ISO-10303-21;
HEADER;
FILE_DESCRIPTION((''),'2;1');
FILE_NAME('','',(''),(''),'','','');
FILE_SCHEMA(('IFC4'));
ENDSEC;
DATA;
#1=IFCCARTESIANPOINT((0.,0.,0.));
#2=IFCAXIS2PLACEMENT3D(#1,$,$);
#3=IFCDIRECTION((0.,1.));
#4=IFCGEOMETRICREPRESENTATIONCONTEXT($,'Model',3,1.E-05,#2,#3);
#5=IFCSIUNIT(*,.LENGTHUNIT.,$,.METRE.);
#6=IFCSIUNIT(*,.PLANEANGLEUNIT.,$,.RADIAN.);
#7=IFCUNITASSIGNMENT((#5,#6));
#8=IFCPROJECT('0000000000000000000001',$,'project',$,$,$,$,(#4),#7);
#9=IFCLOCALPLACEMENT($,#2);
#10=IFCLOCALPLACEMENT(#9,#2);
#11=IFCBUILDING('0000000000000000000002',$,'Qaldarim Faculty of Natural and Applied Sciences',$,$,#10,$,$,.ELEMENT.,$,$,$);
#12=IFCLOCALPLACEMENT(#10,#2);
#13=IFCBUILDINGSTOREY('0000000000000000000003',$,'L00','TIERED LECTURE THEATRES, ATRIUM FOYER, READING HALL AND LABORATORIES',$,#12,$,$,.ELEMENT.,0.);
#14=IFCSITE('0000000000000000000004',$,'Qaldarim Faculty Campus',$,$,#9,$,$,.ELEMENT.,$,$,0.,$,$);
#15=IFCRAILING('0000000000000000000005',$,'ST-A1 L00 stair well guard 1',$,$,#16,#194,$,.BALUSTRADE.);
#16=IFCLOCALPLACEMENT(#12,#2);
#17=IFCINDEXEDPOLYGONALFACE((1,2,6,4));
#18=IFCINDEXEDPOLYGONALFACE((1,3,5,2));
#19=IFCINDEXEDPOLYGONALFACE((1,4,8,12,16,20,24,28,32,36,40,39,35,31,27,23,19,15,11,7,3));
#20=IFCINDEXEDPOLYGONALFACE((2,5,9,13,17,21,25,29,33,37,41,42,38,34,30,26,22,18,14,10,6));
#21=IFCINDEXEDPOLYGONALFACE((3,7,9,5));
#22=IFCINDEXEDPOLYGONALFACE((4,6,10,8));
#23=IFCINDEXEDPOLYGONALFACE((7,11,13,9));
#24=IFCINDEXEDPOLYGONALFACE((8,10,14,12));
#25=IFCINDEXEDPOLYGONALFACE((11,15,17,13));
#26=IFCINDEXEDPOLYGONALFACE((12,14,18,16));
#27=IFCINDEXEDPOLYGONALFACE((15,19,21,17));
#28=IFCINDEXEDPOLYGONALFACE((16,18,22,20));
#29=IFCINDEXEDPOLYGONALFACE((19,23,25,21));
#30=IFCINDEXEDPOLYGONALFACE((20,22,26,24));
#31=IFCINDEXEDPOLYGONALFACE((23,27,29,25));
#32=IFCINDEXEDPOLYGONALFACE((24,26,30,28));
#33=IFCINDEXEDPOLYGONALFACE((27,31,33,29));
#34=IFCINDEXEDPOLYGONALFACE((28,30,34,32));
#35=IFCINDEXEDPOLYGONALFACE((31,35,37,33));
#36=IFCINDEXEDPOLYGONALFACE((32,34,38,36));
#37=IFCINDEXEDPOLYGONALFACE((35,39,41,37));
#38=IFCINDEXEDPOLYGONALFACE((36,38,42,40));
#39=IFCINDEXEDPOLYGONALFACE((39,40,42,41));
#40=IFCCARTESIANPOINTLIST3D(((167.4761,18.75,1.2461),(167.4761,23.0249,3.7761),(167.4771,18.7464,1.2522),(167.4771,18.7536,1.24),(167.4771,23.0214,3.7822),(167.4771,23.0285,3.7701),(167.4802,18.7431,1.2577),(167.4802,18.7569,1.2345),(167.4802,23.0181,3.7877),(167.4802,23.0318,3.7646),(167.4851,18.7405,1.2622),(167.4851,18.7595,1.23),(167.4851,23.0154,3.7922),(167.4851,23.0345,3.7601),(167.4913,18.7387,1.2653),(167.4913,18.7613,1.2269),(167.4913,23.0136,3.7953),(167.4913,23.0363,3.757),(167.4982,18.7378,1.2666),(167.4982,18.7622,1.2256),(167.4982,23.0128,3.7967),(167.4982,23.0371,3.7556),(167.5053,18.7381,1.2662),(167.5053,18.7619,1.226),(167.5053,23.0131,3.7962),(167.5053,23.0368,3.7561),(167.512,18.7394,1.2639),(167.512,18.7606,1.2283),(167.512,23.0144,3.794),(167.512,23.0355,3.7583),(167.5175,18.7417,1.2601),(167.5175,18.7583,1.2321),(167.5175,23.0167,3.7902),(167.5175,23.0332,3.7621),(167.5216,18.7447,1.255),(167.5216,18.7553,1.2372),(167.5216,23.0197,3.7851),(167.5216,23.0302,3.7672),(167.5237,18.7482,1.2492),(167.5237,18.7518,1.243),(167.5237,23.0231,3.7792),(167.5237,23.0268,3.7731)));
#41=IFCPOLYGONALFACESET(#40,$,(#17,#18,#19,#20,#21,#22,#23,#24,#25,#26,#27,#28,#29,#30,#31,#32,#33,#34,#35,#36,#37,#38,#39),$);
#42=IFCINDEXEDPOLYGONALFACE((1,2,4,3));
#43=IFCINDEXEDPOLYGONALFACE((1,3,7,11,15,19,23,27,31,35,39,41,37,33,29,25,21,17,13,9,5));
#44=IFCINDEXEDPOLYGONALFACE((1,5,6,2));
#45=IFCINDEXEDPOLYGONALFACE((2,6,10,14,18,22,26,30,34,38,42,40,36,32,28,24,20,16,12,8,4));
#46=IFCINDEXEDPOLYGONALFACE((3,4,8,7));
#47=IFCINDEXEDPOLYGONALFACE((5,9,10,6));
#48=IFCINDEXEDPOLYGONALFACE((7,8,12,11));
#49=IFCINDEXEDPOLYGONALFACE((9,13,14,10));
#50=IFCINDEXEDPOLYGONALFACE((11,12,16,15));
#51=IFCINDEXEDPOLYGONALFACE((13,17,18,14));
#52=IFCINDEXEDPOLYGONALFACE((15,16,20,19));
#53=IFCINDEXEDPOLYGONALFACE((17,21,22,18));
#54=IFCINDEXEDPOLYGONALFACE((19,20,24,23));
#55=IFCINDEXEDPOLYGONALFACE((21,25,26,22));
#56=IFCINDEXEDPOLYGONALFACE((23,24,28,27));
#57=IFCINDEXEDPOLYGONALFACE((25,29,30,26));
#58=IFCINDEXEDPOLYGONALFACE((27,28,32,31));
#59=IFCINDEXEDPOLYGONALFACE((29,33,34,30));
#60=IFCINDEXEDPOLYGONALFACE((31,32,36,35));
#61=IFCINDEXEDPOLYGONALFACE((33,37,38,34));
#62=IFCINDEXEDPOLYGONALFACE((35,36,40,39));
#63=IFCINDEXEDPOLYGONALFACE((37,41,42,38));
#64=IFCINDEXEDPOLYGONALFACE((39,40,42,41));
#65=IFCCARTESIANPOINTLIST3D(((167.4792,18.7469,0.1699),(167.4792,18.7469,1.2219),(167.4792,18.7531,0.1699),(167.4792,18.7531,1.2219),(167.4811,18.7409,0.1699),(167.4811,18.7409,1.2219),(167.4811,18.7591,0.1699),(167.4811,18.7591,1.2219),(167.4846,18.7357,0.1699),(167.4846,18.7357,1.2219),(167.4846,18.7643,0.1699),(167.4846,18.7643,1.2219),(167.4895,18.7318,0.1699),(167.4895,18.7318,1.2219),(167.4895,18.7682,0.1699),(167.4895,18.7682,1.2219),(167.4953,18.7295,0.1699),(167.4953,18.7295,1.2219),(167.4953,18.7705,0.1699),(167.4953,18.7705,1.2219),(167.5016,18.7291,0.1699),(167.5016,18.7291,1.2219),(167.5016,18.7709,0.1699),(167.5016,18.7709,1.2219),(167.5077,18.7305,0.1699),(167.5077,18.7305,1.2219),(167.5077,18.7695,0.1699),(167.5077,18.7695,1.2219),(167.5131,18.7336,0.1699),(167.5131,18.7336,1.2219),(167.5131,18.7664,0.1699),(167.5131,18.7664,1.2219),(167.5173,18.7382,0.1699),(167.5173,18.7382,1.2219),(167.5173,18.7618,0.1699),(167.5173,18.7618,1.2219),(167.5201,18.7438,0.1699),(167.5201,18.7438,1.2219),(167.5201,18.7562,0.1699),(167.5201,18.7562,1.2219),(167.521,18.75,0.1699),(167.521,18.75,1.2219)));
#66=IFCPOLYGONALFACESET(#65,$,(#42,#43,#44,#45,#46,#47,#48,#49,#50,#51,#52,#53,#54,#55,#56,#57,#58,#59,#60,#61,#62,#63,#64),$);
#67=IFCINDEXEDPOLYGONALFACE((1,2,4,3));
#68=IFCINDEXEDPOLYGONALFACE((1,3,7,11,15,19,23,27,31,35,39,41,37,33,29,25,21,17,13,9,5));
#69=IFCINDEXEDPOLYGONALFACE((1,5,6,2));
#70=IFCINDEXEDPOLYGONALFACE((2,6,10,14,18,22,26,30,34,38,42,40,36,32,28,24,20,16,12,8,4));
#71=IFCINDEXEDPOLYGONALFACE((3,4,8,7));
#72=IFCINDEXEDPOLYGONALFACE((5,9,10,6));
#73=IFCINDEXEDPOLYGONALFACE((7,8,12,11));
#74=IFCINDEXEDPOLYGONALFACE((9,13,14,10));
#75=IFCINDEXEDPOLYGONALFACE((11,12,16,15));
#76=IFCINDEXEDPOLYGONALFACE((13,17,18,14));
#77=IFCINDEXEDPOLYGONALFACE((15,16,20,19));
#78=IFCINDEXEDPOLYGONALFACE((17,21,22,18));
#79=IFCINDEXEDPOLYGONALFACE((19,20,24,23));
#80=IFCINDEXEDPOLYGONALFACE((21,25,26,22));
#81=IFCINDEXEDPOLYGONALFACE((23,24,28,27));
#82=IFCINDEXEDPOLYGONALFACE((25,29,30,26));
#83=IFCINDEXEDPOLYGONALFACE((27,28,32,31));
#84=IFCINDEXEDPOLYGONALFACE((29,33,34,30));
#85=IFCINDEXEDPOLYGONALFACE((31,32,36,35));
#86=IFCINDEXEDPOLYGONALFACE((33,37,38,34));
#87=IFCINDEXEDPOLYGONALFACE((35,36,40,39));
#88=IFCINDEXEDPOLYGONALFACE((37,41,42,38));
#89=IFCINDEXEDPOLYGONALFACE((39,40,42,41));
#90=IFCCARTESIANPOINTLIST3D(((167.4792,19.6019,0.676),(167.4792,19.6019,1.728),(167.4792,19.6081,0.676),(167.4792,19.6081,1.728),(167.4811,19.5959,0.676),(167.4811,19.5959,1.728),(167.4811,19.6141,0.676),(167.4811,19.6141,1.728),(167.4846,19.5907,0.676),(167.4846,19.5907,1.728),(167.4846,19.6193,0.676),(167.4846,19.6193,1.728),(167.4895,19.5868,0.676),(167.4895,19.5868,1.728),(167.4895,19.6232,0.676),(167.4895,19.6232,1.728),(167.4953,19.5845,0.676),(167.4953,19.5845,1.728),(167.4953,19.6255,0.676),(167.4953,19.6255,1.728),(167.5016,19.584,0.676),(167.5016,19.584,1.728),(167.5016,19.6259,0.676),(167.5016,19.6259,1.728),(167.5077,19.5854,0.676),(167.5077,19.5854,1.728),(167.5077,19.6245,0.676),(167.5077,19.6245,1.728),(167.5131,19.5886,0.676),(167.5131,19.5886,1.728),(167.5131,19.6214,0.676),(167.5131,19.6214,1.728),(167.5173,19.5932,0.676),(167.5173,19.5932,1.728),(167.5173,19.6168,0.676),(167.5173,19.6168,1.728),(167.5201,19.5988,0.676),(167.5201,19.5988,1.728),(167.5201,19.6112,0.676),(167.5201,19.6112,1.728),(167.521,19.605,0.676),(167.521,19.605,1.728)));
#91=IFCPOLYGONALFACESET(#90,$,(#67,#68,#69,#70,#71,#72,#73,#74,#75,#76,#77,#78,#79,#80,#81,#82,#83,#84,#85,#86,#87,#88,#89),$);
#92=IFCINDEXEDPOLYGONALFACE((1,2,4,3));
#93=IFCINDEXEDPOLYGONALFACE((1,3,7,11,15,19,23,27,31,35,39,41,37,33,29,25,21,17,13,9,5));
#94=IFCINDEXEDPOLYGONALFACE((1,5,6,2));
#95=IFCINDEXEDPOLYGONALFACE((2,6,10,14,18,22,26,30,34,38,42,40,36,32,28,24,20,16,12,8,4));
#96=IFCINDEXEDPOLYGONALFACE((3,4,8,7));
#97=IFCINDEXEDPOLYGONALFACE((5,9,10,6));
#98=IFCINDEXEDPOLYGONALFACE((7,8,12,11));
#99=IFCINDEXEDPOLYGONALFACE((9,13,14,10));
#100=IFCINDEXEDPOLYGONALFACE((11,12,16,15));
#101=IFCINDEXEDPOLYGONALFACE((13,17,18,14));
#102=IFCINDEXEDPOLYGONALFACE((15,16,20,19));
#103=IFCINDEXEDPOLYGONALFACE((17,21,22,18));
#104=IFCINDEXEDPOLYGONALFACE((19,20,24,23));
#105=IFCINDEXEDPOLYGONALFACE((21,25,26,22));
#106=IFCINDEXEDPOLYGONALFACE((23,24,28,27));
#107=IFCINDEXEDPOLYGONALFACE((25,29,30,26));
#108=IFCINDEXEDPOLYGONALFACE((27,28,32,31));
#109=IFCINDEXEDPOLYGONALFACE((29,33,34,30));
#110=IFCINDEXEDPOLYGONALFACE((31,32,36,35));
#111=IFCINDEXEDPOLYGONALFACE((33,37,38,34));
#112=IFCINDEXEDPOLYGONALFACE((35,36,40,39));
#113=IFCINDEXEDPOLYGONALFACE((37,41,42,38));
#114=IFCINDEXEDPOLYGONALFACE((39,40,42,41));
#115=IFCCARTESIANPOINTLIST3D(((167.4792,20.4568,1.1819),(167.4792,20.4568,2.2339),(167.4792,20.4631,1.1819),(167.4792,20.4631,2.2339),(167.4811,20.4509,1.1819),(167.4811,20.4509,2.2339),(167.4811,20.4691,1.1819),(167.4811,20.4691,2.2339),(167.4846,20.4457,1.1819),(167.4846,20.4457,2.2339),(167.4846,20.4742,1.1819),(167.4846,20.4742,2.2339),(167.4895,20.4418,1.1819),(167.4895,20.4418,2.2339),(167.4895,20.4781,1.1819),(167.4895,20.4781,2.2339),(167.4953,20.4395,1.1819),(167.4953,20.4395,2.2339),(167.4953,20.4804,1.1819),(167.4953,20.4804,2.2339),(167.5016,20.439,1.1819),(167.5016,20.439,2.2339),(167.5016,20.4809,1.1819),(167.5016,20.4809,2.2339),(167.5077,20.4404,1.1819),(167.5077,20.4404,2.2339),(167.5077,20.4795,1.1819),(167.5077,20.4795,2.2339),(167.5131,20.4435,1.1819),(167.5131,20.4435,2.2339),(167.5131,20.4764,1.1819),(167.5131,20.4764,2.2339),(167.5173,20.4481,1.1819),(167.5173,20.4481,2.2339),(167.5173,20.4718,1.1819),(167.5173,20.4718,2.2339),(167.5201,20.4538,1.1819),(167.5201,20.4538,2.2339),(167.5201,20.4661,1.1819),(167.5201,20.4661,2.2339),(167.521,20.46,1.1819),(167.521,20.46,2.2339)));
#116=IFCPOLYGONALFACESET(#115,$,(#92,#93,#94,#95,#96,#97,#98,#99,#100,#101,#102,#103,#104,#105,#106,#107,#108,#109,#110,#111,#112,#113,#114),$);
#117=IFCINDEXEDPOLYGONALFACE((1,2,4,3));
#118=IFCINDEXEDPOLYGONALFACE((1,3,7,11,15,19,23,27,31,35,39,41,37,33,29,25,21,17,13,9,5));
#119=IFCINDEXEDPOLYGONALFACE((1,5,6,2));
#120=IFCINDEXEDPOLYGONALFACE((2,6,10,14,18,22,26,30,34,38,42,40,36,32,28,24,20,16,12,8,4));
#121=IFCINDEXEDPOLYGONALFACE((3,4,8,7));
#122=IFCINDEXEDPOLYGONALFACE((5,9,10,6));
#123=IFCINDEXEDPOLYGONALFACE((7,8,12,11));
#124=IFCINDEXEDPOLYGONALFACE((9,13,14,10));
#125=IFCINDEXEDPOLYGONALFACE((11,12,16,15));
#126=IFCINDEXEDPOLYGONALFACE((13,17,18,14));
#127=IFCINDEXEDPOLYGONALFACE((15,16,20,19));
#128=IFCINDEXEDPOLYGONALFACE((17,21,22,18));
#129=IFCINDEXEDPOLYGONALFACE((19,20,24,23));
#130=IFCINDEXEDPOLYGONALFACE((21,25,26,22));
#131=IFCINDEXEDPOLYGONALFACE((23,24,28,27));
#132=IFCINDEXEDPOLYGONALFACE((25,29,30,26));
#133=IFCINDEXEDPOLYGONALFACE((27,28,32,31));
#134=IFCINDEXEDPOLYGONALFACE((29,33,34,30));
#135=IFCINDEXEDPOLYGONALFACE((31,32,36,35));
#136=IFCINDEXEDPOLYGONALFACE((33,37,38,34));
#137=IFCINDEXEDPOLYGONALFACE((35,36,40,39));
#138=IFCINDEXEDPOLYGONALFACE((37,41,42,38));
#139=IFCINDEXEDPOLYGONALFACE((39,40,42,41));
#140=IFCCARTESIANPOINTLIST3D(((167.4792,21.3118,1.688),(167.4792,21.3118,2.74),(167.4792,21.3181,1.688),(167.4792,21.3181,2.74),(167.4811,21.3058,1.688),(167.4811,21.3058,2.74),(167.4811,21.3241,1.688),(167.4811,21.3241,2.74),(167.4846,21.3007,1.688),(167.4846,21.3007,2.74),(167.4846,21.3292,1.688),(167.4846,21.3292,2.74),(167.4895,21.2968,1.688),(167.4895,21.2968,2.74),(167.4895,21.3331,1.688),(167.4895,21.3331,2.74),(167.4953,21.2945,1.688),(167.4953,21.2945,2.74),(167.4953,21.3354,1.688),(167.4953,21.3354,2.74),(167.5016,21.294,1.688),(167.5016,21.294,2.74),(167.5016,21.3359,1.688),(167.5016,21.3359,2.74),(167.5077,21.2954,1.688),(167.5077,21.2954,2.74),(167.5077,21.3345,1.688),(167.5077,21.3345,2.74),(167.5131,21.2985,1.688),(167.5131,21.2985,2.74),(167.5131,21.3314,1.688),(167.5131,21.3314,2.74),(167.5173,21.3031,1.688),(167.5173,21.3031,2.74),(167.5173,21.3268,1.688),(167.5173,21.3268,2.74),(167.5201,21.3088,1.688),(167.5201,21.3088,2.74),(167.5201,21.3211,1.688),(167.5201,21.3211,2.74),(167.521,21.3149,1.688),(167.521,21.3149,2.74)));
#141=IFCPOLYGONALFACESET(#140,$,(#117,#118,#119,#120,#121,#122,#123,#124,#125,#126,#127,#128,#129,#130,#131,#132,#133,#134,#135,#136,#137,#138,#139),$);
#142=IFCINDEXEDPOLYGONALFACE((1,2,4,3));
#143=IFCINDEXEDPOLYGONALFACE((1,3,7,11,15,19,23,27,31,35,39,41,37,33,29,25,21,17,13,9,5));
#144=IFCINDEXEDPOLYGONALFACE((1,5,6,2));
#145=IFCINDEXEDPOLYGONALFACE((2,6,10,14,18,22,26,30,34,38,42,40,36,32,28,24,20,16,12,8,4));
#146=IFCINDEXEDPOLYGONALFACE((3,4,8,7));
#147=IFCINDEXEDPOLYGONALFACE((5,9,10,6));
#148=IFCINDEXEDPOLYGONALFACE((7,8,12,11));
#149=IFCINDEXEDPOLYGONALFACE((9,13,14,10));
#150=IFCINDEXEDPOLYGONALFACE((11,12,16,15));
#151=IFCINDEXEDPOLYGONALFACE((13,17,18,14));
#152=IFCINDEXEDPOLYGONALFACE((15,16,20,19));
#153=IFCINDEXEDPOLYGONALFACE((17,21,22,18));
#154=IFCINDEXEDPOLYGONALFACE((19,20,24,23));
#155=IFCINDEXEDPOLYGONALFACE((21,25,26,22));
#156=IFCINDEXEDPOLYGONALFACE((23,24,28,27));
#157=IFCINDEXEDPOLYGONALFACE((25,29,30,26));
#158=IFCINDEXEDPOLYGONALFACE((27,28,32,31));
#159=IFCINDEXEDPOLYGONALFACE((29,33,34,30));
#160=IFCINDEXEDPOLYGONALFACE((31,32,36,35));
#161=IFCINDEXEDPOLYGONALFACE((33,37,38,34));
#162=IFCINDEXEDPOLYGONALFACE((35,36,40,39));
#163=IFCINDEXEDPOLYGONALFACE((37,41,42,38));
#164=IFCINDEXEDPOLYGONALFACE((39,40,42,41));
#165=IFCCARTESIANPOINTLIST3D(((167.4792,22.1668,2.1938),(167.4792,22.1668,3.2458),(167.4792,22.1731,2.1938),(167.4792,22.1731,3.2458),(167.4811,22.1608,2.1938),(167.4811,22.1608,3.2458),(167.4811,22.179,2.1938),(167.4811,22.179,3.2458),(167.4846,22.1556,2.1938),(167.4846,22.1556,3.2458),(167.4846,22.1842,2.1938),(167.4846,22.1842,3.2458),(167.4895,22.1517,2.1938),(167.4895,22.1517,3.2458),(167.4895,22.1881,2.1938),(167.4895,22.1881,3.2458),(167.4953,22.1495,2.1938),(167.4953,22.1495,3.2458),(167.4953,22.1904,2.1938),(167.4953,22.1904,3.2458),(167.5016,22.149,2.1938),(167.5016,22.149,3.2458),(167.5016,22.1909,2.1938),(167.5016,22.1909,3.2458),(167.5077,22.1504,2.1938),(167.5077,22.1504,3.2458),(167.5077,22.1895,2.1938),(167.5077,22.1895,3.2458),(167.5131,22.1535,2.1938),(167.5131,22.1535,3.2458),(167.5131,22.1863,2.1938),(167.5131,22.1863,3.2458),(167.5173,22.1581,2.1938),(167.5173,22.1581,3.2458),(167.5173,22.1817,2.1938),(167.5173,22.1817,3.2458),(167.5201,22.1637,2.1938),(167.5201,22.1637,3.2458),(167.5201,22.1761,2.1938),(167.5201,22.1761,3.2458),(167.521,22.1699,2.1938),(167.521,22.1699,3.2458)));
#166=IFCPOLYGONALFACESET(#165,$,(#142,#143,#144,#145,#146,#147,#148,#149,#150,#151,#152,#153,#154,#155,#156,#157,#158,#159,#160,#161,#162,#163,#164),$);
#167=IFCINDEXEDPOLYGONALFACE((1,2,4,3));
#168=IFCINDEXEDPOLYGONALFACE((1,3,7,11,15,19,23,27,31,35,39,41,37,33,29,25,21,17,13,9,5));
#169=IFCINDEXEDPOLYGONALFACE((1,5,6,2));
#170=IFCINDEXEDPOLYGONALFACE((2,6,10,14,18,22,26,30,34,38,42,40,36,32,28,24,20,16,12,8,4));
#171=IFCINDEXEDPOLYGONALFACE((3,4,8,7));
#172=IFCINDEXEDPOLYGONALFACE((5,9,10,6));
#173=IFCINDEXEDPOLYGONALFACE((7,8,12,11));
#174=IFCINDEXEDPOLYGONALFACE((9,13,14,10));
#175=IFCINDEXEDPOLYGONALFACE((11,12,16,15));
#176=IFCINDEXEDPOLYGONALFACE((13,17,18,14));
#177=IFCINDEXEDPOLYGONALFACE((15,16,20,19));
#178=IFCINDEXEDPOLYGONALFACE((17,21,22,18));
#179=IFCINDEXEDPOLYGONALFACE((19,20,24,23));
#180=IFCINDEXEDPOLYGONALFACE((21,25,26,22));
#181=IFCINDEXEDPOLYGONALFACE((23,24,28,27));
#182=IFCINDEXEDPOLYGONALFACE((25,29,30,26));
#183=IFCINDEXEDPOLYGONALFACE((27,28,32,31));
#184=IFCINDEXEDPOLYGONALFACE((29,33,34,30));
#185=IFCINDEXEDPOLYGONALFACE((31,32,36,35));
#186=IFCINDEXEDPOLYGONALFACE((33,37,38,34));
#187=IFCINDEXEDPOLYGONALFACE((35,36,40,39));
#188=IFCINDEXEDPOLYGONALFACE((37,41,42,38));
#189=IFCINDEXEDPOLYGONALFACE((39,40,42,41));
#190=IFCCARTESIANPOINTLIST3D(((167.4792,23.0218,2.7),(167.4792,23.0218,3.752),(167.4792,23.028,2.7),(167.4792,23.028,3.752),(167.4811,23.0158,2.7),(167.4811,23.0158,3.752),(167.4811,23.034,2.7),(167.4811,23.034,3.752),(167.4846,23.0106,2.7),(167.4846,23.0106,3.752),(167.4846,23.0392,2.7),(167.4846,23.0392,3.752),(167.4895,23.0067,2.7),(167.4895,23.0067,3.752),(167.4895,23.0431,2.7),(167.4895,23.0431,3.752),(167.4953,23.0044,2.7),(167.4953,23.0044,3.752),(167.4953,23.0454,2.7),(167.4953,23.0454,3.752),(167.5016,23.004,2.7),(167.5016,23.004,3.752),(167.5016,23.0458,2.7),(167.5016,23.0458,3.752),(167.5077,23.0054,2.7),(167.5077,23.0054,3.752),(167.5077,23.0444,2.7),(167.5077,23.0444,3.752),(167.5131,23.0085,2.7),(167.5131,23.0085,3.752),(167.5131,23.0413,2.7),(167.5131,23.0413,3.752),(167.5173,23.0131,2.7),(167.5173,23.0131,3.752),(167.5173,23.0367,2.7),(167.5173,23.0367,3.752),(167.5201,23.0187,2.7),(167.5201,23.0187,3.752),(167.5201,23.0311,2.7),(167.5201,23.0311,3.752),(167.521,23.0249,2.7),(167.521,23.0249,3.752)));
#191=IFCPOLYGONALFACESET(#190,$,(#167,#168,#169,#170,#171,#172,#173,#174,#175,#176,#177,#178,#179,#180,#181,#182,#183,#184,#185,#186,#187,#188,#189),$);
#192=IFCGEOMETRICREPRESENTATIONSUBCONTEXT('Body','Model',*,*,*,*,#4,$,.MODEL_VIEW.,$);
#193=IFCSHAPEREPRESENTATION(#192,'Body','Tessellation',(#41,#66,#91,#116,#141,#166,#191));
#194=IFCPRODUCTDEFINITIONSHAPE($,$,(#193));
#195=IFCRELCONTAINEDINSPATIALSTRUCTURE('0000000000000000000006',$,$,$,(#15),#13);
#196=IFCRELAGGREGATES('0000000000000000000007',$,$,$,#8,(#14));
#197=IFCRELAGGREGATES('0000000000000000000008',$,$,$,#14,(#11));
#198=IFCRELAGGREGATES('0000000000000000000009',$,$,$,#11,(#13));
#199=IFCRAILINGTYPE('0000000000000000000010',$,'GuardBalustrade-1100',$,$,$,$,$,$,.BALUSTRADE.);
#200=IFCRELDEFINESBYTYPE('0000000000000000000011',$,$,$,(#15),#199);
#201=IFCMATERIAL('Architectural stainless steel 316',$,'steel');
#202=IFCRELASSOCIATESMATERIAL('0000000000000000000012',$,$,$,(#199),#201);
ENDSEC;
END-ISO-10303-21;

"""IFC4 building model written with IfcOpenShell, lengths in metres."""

from ifc_helpers import new_model, si_unit, direction, frame, origin, origin_2d, place, context, subcontext, project, spatial, circle, extrude, material, type_object, element, save


model = new_model("IFC4")

# Units and contexts
model_context = context("Model", 3, precision=1e-05, world=origin(), true_north=direction((0.0, 1.0)))
body_context = subcontext(model_context, "Body", "Model", "MODEL_VIEW")
ifc_project = project(units=[si_unit("LENGTHUNIT", "METRE"), si_unit("PLANEANGLEUNIT", "RADIAN")], contexts=[model_context])

# Site, building, storey
site_placement = place(None, origin())
site = spatial("IfcSite", under=ifc_project, at=site_placement, Name="Qaldarim Faculty Campus", CompositionType="ELEMENT", RefElevation=0.0)
building_placement = place(site_placement, origin())
building = spatial("IfcBuilding", under=site, at=building_placement, Name="Qaldarim Faculty of Natural and Applied Sciences", CompositionType="ELEMENT")
storey_placement = place(building_placement, origin())
storey = spatial("IfcBuildingStorey", under=building, at=storey_placement, Name="L00", Description="TIERED LECTURE THEATRES, ATRIUM FOYER, READING HALL AND LABORATORIES", CompositionType="ELEMENT", Elevation=0.0)

# Shared definitions
ifc_material_1 = material(Name="Architectural stainless steel 316", Category="steel")

# Railing
railing_type_1 = type_object("IfcRailingType", Name="GuardBalustrade-1100", PredefinedType="BALUSTRADE", material=ifc_material_1)
railing_1_placement = place(storey_placement, frame((167.5, 18.75, 0.1699)))
element("IfcRailing", 1, at=railing_1_placement, inside=storey, type_object=railing_type_1, Name="ST-A1 L00 stair well guard 1", PredefinedType="BALUSTRADE", context=body_context, shape_type="SweptSolid", body=[
    extrude(circle(Radius=0.0239, at=origin_2d()), frame((0.0, 0.0, 1.0762), z_axis=(0.0, 0.860578, 0.509319), x_axis=(-1.0, 0.0, 0.0)), (0.0, 0.0, 1.0), 4.9675),
    extrude(circle(Radius=0.021, at=origin_2d()), origin(), (0.0, 0.0, 1.0), 1.052),
    extrude(circle(Radius=0.021, at=origin_2d()), frame((0.0, 0.855, 0.5061)), (0.0, 0.0, 1.0), 1.052),
    extrude(circle(Radius=0.021, at=origin_2d()), frame((0.0, 1.71, 1.012)), (0.0, 0.0, 1.0), 1.052),
    extrude(circle(Radius=0.021, at=origin_2d()), frame((0.0, 2.5649, 1.5181)), (0.0, 0.0, 1.0), 1.052),
    extrude(circle(Radius=0.021, at=origin_2d()), frame((0.0, 3.4199, 2.0239)), (0.0, 0.0, 1.0), 1.052),
    extrude(circle(Radius=0.021, at=origin_2d()), frame((0.0, 4.2749, 2.53)), (0.0, 0.0, 1.0), 1.052),
])

save(model, "model.ifc")
